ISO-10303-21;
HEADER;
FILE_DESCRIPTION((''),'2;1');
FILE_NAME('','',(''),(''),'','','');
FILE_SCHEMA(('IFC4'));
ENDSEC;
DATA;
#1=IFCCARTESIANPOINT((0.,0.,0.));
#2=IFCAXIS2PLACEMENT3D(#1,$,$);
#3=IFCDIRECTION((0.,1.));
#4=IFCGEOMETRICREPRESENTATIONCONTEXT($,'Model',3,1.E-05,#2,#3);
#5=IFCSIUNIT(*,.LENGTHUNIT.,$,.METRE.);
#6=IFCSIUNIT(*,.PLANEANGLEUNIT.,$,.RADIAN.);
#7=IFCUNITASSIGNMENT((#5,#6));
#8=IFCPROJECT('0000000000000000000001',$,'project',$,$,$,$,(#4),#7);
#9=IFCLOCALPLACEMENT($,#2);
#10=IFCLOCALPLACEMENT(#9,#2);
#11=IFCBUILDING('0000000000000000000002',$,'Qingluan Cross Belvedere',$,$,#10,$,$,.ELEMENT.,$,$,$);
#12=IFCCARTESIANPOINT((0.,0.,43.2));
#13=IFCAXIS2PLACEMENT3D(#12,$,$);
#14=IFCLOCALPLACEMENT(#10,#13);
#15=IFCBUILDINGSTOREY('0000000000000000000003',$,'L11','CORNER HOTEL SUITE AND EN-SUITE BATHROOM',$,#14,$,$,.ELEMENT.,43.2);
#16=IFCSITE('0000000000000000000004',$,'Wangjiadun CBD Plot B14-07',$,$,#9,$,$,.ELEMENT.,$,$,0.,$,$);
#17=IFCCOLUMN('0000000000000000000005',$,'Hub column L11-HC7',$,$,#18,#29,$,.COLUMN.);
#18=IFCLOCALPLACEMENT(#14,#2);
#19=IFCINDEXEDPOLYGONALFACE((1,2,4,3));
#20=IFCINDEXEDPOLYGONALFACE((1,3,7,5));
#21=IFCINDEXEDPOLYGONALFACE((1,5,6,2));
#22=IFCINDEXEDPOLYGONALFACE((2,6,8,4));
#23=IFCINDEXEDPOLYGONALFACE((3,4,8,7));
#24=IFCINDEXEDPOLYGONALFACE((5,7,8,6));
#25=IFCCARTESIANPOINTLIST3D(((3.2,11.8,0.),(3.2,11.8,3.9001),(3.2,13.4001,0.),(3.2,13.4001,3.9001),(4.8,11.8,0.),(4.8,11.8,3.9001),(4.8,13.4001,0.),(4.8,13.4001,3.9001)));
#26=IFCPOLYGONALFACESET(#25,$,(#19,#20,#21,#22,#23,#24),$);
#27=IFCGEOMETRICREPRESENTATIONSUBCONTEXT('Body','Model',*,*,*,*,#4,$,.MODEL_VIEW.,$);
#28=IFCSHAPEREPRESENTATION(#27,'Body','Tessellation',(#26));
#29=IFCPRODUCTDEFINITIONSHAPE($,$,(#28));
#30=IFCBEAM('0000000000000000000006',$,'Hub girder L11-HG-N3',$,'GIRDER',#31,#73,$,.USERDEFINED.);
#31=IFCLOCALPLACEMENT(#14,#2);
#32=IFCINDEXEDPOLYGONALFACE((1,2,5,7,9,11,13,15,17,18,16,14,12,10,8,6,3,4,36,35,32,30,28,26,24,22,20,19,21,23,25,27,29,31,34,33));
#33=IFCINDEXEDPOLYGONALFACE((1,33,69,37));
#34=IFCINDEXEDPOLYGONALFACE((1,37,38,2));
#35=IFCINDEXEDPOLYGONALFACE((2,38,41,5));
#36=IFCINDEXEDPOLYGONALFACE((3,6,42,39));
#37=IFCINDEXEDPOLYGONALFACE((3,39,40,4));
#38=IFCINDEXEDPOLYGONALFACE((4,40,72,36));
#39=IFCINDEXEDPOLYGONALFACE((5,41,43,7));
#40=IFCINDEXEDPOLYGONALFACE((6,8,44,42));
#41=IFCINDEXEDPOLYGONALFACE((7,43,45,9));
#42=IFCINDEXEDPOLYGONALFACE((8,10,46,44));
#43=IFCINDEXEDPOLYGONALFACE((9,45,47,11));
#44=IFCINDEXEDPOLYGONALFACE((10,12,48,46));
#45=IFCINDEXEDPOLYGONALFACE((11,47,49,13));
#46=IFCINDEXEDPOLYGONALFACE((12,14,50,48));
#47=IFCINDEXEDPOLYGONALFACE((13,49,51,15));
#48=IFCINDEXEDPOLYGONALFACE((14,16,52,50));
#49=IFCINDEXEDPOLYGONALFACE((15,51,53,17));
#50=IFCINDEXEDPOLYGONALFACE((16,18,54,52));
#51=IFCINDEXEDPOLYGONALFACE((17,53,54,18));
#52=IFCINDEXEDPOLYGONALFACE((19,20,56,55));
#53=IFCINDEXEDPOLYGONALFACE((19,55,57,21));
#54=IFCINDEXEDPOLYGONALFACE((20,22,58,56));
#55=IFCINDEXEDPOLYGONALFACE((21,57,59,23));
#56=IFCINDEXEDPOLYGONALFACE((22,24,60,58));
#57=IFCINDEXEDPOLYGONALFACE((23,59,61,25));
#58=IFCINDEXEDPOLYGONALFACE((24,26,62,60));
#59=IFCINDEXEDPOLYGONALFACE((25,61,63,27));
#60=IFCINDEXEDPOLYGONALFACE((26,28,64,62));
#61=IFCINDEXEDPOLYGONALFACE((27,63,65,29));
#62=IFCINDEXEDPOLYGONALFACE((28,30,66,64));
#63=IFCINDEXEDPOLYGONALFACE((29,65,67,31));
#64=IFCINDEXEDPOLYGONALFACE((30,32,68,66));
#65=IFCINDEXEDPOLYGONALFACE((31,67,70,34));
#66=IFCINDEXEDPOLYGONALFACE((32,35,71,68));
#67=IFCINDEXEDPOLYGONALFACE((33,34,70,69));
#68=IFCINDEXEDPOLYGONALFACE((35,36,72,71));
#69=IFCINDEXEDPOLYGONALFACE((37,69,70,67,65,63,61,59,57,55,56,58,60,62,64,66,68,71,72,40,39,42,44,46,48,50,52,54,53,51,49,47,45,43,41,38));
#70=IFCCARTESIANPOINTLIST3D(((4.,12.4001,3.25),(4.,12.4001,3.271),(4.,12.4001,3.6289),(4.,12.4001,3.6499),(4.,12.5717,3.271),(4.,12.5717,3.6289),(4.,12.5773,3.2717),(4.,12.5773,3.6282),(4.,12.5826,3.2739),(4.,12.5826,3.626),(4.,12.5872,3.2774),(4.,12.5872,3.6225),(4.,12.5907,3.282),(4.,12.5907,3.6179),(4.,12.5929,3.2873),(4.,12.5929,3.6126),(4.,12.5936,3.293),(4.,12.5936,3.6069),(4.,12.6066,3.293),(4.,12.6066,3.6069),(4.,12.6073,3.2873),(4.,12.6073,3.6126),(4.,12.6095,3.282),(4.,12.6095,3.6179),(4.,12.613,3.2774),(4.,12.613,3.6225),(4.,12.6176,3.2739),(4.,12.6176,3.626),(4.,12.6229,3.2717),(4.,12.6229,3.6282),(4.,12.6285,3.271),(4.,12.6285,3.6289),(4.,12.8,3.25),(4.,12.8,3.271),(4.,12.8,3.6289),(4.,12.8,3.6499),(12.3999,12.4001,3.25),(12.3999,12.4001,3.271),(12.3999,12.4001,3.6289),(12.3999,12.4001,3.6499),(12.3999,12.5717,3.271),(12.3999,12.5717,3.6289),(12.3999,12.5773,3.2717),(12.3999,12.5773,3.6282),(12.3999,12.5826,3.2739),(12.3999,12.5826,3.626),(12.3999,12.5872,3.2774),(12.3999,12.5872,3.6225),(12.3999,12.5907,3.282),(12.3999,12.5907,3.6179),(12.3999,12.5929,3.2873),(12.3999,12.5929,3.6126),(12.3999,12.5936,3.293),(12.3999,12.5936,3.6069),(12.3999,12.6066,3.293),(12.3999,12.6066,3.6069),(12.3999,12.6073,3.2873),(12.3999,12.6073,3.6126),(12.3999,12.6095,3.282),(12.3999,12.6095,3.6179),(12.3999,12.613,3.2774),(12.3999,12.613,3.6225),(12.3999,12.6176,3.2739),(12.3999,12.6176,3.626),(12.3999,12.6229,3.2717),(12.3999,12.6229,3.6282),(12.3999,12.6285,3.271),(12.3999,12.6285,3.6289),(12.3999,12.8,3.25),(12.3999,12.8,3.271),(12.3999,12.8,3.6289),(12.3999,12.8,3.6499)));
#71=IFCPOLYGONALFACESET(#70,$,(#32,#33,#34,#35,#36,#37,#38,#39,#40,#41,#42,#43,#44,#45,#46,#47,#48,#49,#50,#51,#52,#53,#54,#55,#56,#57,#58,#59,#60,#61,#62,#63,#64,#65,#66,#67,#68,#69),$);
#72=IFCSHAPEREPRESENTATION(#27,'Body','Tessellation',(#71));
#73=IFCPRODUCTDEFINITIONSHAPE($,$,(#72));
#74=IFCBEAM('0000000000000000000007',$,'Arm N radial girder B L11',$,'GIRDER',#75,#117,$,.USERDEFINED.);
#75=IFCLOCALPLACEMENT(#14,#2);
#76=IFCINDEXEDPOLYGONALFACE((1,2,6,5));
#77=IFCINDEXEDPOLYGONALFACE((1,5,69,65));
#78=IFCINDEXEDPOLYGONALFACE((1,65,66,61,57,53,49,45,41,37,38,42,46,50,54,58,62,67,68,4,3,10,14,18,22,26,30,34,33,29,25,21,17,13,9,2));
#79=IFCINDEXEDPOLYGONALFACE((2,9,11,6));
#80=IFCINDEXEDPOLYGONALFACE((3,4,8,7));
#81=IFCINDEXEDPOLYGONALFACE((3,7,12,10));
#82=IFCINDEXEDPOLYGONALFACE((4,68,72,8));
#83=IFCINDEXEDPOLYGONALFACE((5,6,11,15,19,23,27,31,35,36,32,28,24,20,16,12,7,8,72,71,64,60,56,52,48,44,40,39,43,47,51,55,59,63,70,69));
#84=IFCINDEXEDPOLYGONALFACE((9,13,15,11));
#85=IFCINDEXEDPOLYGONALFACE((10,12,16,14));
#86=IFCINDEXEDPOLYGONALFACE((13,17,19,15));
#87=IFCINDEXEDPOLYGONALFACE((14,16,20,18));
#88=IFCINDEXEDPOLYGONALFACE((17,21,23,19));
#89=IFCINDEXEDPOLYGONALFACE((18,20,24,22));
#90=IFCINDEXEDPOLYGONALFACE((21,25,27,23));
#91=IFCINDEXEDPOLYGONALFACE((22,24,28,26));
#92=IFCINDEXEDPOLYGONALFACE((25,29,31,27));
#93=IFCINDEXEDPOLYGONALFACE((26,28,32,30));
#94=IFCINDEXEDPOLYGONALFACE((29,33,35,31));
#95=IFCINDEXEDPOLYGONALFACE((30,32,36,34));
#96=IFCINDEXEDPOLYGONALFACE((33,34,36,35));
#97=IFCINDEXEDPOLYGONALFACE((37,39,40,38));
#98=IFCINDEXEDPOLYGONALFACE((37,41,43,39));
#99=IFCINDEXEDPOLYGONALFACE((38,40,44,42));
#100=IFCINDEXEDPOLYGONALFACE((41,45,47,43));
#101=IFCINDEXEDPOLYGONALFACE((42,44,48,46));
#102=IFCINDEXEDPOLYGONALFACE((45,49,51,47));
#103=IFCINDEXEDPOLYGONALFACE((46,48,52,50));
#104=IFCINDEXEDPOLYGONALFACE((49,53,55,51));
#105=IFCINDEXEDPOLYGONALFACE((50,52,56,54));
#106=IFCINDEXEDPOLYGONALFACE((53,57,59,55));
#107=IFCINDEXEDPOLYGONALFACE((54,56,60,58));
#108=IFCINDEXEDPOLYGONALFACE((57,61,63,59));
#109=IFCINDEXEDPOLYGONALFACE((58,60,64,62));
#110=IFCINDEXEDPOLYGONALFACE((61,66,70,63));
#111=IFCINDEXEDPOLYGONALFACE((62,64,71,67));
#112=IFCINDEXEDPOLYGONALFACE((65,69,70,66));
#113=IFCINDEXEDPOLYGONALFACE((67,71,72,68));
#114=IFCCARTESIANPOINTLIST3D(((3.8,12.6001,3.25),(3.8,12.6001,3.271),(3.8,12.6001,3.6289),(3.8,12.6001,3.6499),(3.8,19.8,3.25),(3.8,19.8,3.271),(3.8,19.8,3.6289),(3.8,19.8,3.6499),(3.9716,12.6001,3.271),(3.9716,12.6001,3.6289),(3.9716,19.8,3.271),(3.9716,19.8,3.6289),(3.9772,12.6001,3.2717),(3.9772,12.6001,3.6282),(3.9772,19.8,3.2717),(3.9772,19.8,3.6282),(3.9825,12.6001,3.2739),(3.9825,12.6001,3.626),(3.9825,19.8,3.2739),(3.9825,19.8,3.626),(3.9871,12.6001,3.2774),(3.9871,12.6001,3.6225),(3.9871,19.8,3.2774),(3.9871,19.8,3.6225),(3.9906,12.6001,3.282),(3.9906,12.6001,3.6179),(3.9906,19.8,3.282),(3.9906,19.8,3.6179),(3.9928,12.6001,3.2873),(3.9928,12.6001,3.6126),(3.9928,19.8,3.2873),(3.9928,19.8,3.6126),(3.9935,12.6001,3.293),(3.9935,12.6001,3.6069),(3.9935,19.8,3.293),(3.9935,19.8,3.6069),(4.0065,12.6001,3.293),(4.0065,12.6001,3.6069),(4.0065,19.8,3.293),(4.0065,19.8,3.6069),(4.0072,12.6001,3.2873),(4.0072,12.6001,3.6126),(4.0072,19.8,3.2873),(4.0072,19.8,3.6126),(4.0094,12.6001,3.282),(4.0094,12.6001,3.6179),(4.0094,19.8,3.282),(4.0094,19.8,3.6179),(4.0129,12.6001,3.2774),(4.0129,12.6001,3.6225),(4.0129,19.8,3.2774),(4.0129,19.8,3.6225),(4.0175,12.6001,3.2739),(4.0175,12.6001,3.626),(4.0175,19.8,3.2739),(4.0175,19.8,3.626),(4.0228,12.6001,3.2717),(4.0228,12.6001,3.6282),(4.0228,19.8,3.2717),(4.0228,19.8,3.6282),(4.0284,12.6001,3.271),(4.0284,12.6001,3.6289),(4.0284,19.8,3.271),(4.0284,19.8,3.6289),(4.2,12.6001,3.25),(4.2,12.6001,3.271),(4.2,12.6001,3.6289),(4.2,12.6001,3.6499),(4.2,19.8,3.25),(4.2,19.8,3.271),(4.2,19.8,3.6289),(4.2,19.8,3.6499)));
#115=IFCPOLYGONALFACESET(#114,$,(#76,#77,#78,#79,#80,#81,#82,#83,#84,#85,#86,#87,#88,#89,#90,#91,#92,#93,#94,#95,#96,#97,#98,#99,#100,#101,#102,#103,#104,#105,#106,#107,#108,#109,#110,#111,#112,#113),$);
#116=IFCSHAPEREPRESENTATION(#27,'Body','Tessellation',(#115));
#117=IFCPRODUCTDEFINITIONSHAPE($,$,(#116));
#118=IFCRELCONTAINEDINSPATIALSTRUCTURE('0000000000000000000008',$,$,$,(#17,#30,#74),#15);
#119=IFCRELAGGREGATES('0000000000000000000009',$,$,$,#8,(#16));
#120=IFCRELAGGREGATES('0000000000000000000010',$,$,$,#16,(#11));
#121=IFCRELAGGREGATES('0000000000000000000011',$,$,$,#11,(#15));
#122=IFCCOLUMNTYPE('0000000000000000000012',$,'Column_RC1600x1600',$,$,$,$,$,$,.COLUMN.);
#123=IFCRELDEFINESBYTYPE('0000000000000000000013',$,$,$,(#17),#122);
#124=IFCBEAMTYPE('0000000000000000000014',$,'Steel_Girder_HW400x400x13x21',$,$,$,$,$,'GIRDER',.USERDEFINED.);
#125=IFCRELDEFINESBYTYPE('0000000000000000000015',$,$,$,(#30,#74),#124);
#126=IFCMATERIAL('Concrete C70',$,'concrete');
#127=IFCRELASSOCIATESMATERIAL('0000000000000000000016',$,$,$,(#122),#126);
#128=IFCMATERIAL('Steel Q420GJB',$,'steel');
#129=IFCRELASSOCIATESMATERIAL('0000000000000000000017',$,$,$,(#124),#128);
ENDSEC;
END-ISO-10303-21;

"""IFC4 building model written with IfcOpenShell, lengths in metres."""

from ifc_helpers import new_model, si_unit, direction, frame, origin, origin_2d, place, context, subcontext, project, spatial, rectangle, i_section, extrude, material, material_profile, profile_set, type_object, element, save


model = new_model("IFC4")

# Units and contexts
model_context = context("Model", 3, precision=1e-05, world=origin(), true_north=direction((0.0, 1.0)))
body_context = subcontext(model_context, "Body", "Model", "MODEL_VIEW")
ifc_project = project(units=[si_unit("LENGTHUNIT", "METRE"), si_unit("PLANEANGLEUNIT", "RADIAN")], contexts=[model_context])

# Site, building, storey
site_placement = place(None, origin())
site = spatial("IfcSite", under=ifc_project, at=site_placement, Name="Wangjiadun CBD Plot B14-07", CompositionType="ELEMENT", RefElevation=0.0)
building_placement = place(site_placement, origin())
building = spatial("IfcBuilding", under=site, at=building_placement, Name="Qingluan Cross Belvedere", CompositionType="ELEMENT")
storey_placement = place(building_placement, frame((0.0, 0.0, 43.2)))
storey = spatial("IfcBuildingStorey", under=building, at=storey_placement, Name="L11", Description="CORNER HOTEL SUITE AND EN-SUITE BATHROOM", CompositionType="ELEMENT", Elevation=43.2)

# Column
ifc_material_1 = material(Name="Concrete C70", Category="concrete")
ifc_material_profile_1 = material_profile(ifc_material_1, rectangle(XDim=1.6001, YDim=1.6001, at=origin_2d()), Name="RC1600x1600")
ifc_profile_set_1 = profile_set([ifc_material_profile_1], Name="Concrete C70")
column_type = type_object("IfcColumnType", Name="Column_RC1600x1600", PredefinedType="COLUMN", material=ifc_profile_set_1)
column_placement = place(storey_placement, frame((4.0, 12.6001, 0.0), z_axis=(0.0, 0.0, 1.0), x_axis=(1.0, 0.0, 0.0)))
element("IfcColumn", 1, at=column_placement, inside=storey, type_object=column_type, Name="Hub column L11-HC7", PredefinedType="COLUMN", context=body_context, shape_type="SweptSolid", body=[
    extrude(rectangle(XDim=1.6001, YDim=1.6001, at=origin_2d()), origin(), (0.0, 0.0, 1.0), 3.9001),
])

# Beams
ifc_material_2 = material(Name="Steel Q420GJB", Category="steel")
ifc_material_profile_2 = material_profile(ifc_material_2, i_section(OverallWidth=0.3999, OverallDepth=0.3999, WebThickness=0.0129, FlangeThickness=0.021, FilletRadius=0.022, at=origin_2d()), Name="HW400x400x13x21")
ifc_profile_set_2 = profile_set([ifc_material_profile_2], Name="Steel Q420GJB")
beam_type = type_object("IfcBeamType", Name="Steel_Girder_HW400x400x13x21", ElementType="GIRDER", PredefinedType="USERDEFINED", material=ifc_profile_set_2)
beam_1_placement = place(storey_placement, frame((4.0, 12.6001, 3.45), z_axis=(1.0, 0.0, 0.0), x_axis=(0.0, 1.0, 0.0)))
element("IfcBeam", 2, at=beam_1_placement, inside=storey, type_object=beam_type, Name="Hub girder L11-HG-N3", ObjectType="GIRDER", PredefinedType="USERDEFINED", context=body_context, shape_type="SweptSolid", body=[
    extrude(i_section(OverallWidth=0.3999, OverallDepth=0.3999, WebThickness=0.0129, FlangeThickness=0.021, FilletRadius=0.022, at=origin_2d()), origin(), (0.0, 0.0, 1.0), 8.3999),
])
beam_2_placement = place(storey_placement, frame((4.0, 12.6001, 3.45), z_axis=(0.0, 1.0, 0.0), x_axis=(-1.0, 0.0, 0.0)))
element("IfcBeam", 3, at=beam_2_placement, inside=storey, type_object=beam_type, Name="Arm N radial girder B L11", ObjectType="GIRDER", PredefinedType="USERDEFINED", context=body_context, shape_type="SweptSolid", body=[
    extrude(i_section(OverallWidth=0.3999, OverallDepth=0.3999, WebThickness=0.0129, FlangeThickness=0.021, FilletRadius=0.022, at=origin_2d()), origin(), (0.0, 0.0, 1.0), 7.2),
])

save(model, "model.ifc")
